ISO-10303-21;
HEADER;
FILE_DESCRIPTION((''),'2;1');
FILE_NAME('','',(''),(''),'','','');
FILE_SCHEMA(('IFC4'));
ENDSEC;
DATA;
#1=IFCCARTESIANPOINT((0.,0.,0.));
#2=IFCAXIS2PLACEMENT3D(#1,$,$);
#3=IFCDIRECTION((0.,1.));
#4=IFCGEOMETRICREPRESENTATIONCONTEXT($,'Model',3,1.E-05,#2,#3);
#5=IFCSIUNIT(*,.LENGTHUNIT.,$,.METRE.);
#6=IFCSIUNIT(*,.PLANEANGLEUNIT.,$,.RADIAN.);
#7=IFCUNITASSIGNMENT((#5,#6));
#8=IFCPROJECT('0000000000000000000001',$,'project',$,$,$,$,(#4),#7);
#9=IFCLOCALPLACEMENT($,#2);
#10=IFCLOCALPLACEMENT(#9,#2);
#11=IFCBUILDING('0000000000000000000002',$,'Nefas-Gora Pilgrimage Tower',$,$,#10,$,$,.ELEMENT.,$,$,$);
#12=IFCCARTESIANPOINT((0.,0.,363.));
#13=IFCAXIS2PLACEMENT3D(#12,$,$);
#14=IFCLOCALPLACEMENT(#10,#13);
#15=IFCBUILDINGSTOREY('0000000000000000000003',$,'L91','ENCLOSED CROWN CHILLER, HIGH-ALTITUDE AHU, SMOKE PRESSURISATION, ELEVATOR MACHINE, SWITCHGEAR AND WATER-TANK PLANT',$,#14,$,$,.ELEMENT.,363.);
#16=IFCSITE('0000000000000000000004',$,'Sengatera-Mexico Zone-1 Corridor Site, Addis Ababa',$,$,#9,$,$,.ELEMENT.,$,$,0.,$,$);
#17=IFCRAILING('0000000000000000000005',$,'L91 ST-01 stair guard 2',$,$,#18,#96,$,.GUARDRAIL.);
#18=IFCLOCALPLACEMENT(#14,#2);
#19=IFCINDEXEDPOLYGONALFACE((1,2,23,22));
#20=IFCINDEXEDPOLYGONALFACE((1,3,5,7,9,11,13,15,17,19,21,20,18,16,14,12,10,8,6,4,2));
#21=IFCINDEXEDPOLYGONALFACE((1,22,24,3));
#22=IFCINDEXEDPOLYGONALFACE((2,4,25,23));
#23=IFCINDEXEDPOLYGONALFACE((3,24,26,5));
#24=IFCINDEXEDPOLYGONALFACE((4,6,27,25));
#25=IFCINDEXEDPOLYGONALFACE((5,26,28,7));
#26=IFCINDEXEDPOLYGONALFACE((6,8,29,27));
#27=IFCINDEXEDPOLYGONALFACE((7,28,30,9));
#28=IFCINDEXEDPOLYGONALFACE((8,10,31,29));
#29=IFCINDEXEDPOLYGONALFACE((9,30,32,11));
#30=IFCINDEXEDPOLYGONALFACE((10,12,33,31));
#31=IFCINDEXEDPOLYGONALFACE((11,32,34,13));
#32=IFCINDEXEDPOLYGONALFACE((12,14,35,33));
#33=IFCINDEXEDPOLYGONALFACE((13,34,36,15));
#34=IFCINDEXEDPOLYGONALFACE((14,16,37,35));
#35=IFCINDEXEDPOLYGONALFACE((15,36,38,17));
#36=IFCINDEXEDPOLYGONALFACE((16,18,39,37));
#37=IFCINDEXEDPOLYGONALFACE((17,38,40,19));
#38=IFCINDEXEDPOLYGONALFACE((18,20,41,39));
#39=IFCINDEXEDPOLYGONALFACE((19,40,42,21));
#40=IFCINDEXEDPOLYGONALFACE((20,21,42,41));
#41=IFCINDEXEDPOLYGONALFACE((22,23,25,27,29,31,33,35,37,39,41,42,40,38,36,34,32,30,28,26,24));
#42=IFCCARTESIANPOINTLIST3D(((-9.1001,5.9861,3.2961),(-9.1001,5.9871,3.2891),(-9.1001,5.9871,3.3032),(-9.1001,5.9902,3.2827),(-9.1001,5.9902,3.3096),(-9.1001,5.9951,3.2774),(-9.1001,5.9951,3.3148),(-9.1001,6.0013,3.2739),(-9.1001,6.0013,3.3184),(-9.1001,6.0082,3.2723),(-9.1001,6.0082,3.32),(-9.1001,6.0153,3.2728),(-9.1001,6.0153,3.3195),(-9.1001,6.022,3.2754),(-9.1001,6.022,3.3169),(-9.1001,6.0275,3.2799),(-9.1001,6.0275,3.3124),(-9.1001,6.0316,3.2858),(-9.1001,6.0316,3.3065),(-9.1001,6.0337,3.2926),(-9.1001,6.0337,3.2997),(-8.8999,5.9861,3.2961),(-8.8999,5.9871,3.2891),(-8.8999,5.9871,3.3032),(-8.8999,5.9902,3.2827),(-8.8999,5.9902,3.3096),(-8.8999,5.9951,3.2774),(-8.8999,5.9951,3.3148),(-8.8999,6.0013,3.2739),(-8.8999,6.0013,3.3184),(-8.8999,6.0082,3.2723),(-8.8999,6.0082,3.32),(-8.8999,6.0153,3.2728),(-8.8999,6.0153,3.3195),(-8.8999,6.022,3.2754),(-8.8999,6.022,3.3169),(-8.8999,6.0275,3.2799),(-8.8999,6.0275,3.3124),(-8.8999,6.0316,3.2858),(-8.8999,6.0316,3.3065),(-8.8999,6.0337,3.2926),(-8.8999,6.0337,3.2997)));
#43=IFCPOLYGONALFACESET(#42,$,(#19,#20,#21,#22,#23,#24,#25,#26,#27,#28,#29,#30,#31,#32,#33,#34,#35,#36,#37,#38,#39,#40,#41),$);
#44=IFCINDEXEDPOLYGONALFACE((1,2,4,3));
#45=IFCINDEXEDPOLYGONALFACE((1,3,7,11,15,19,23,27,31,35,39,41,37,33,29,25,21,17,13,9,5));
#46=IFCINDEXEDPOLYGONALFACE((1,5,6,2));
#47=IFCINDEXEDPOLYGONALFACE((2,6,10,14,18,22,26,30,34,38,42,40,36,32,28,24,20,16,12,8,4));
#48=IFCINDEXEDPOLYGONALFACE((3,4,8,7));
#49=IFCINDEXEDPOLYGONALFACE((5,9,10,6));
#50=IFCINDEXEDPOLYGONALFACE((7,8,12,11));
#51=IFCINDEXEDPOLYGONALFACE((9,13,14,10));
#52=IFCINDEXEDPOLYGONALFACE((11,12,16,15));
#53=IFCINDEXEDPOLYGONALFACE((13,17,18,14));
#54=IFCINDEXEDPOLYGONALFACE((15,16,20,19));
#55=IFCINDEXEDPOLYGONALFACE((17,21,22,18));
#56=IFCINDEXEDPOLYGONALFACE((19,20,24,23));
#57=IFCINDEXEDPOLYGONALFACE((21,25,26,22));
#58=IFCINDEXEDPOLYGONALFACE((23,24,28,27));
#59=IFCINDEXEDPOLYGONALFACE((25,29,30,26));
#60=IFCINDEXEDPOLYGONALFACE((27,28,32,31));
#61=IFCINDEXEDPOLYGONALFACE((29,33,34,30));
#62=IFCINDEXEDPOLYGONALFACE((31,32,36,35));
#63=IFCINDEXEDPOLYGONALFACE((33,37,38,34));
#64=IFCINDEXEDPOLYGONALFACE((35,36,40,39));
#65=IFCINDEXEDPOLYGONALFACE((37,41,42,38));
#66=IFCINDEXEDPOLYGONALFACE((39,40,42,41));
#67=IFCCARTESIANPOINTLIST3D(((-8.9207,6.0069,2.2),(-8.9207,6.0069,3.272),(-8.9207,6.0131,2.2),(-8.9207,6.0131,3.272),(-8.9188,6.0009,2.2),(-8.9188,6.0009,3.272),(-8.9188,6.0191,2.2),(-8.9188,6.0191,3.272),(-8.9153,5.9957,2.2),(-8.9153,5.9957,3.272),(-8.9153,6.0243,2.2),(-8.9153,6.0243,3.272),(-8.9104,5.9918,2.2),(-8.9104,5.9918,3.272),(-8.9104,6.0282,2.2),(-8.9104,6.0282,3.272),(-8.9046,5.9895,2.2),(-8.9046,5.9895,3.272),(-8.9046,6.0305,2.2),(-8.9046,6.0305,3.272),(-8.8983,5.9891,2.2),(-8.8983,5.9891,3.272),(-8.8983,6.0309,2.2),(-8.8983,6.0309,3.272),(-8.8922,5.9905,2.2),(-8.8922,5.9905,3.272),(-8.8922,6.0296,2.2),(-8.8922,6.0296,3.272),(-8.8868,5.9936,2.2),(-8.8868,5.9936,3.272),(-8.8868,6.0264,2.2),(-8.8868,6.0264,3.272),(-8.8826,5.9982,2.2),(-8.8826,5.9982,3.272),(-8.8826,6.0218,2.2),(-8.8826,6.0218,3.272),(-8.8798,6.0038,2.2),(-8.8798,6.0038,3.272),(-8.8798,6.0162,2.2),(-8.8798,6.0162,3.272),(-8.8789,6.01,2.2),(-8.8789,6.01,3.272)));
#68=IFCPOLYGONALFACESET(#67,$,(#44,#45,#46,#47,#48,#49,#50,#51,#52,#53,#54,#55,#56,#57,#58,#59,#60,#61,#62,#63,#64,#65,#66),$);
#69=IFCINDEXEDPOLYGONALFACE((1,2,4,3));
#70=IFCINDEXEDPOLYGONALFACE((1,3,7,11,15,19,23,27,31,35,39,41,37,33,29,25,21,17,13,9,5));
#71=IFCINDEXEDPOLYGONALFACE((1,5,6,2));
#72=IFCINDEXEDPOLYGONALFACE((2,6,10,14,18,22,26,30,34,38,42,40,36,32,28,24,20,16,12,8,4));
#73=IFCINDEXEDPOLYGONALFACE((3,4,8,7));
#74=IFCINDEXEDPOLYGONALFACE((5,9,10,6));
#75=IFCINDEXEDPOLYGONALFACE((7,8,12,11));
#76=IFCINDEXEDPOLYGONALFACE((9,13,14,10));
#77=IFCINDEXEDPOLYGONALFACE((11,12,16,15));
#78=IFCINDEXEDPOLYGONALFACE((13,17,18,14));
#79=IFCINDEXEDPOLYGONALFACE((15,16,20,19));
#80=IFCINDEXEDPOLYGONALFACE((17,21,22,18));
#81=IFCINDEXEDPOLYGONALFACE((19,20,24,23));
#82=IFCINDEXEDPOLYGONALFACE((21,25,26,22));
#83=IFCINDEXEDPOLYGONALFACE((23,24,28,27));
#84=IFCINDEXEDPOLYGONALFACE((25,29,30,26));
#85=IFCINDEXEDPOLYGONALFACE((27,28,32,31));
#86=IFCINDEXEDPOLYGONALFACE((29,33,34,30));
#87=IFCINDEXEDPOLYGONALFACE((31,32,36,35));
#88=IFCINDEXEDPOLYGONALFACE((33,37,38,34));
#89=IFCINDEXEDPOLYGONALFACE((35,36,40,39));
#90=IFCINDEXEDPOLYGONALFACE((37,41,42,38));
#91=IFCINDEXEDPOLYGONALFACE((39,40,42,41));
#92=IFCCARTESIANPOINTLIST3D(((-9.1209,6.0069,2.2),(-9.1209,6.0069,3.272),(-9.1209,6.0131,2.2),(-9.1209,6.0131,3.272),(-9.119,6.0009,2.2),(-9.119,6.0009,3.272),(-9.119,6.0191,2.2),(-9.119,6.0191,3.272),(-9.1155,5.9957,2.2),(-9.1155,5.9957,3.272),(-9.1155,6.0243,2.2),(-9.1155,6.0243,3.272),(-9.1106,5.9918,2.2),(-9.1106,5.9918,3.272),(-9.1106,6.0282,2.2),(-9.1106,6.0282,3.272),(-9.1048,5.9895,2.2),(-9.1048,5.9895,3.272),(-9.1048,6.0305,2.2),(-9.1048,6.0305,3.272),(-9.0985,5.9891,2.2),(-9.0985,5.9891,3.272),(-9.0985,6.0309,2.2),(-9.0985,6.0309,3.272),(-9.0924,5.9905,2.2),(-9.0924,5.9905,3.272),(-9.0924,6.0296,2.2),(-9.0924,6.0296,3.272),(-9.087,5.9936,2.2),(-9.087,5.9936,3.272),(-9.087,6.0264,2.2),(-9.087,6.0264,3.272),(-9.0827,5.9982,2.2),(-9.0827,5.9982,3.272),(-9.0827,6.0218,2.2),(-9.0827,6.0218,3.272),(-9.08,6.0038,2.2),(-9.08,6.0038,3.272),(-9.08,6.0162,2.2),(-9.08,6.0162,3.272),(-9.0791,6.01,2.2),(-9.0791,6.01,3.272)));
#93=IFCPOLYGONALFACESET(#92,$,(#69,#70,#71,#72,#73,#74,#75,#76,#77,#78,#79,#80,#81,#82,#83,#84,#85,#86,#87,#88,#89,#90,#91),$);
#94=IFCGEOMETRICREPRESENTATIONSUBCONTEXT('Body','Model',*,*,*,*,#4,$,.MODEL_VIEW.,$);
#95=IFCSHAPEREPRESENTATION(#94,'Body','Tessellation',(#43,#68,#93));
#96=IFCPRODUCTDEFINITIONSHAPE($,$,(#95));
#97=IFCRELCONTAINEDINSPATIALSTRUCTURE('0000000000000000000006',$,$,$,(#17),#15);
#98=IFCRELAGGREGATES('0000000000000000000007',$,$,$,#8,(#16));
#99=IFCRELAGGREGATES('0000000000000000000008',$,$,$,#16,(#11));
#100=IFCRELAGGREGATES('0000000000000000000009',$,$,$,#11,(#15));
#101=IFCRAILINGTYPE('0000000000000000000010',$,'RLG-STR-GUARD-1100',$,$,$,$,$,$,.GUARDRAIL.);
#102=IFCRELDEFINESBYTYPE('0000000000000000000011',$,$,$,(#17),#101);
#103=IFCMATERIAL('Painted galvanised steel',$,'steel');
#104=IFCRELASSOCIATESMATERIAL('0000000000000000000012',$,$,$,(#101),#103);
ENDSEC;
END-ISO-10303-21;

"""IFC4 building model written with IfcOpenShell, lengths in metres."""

from ifc_helpers import new_model, si_unit, direction, frame, origin, origin_2d, place, context, subcontext, project, spatial, circle, extrude, material, type_object, element, save


model = new_model("IFC4")

# Units and contexts
model_context = context("Model", 3, precision=1e-05, world=origin(), true_north=direction((0.0, 1.0)))
body_context = subcontext(model_context, "Body", "Model", "MODEL_VIEW")
ifc_project = project(units=[si_unit("LENGTHUNIT", "METRE"), si_unit("PLANEANGLEUNIT", "RADIAN")], contexts=[model_context])

# Site, building, storey
site_placement = place(None, origin())
site = spatial("IfcSite", under=ifc_project, at=site_placement, Name="Sengatera-Mexico Zone-1 Corridor Site, Addis Ababa", CompositionType="ELEMENT", RefElevation=0.0)
building_placement = place(site_placement, origin())
building = spatial("IfcBuilding", under=site, at=building_placement, Name="Nefas-Gora Pilgrimage Tower", CompositionType="ELEMENT")
storey_placement = place(building_placement, frame((0.0, 0.0, 363.0)))
storey = spatial("IfcBuildingStorey", under=building, at=storey_placement, Name="L91", Description="ENCLOSED CROWN CHILLER, HIGH-ALTITUDE AHU, SMOKE PRESSURISATION, ELEVATOR MACHINE, SWITCHGEAR AND WATER-TANK PLANT", CompositionType="ELEMENT", Elevation=363.0)

# Railing
ifc_material_1 = material(Name="Painted galvanised steel", Category="steel")
railing_type_1 = type_object("IfcRailingType", Name="RLG-STR-GUARD-1100", PredefinedType="GUARDRAIL", material=ifc_material_1)
railing_1_placement = place(storey_placement, frame((-8.8999, 6.01, 2.2)))
element("IfcRailing", 1, at=railing_1_placement, inside=storey, type_object=railing_type_1, Name="L91 ST-01 stair guard 2", PredefinedType="GUARDRAIL", context=body_context, shape_type="SweptSolid", body=[
    extrude(circle(Radius=0.0239, at=origin_2d()), frame((0.0, 0.0, 1.0962), z_axis=(-1.0, 0.0, 0.0), x_axis=(0.0, -1.0, 0.0)), (0.0, 0.0, 1.0), 0.2002),
    extrude(circle(Radius=0.021, at=origin_2d()), origin(), (0.0, 0.0, 1.0), 1.072),
    extrude(circle(Radius=0.021, at=origin_2d()), frame((-0.2002, 0.0, 0.0)), (0.0, 0.0, 1.0), 1.072),
])

save(model, "model.ifc")
